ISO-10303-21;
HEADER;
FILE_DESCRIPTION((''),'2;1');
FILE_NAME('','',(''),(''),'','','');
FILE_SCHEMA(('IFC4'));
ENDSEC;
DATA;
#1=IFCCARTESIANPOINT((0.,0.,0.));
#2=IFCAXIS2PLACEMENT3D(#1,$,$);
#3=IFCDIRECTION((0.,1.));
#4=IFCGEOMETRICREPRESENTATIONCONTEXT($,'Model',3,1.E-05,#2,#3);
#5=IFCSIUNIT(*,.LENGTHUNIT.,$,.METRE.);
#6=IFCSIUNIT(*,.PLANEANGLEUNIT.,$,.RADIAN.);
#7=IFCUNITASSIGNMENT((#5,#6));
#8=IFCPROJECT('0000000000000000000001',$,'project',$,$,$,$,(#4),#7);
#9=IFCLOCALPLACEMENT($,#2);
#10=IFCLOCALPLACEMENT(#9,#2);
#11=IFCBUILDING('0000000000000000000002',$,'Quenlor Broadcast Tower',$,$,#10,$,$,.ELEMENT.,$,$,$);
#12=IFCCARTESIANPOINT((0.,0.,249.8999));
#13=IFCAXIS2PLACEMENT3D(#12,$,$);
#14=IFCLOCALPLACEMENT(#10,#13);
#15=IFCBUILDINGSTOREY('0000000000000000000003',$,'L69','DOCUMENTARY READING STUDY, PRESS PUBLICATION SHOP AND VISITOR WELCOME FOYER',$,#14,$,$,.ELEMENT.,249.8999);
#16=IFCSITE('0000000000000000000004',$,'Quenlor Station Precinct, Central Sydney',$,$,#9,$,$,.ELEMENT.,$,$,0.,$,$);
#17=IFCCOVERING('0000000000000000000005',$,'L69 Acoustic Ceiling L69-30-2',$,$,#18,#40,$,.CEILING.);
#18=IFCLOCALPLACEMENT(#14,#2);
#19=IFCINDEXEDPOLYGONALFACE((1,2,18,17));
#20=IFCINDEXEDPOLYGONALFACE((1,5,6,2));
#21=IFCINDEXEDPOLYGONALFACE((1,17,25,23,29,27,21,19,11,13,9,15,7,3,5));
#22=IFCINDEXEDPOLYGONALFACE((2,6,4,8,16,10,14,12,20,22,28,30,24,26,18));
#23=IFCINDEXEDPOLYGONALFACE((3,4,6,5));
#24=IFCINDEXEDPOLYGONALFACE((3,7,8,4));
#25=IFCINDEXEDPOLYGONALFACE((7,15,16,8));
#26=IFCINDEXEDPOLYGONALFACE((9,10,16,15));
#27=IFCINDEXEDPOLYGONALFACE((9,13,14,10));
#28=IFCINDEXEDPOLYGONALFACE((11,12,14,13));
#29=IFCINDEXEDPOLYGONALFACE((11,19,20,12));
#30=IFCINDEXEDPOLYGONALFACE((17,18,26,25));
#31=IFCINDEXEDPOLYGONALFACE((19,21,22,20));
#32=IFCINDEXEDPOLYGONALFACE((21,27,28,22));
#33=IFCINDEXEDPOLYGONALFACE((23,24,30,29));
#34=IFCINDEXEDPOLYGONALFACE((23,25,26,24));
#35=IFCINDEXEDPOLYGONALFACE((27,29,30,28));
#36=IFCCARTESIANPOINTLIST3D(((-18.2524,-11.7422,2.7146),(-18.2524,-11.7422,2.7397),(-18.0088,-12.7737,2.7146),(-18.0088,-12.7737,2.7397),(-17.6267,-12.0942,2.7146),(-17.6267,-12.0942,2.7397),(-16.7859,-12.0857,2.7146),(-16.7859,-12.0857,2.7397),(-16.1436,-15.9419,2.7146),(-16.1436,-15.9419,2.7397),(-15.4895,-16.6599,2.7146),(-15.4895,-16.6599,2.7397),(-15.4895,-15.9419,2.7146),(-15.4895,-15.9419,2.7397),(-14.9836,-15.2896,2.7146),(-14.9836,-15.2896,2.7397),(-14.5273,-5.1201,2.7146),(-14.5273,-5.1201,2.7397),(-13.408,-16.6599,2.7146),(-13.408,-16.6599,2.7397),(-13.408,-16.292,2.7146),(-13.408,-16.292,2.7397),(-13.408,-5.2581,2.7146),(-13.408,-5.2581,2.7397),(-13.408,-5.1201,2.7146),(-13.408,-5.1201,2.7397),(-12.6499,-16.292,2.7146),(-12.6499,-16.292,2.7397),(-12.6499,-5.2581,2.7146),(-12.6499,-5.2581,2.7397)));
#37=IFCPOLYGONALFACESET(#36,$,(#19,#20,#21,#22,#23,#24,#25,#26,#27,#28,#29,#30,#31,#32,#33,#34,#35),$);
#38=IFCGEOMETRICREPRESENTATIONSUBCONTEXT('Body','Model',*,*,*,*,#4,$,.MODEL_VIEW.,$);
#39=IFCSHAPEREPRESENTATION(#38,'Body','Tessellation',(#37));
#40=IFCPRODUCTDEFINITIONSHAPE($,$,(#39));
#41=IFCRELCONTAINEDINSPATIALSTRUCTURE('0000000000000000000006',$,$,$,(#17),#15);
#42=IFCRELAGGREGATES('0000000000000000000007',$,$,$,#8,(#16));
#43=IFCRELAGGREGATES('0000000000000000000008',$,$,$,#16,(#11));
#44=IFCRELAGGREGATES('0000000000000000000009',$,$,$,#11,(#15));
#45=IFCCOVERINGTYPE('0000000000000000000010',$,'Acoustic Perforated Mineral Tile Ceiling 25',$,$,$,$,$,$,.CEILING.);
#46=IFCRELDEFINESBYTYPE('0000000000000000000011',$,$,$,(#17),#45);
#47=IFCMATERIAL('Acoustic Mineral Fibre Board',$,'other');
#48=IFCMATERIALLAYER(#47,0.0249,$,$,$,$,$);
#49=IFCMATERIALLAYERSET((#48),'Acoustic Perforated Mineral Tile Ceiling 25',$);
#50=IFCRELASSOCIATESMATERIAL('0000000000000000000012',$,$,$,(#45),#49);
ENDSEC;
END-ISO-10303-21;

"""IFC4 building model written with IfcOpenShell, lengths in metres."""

from ifc_helpers import new_model, si_unit, direction, frame, origin, place, context, subcontext, project, spatial, polyline, outline, extrude, material, layer, layer_set, type_object, element, save


model = new_model("IFC4")

# Units and contexts
model_context = context("Model", 3, precision=1e-05, world=origin(), true_north=direction((0.0, 1.0)))
body_context = subcontext(model_context, "Body", "Model", "MODEL_VIEW")
ifc_project = project(units=[si_unit("LENGTHUNIT", "METRE"), si_unit("PLANEANGLEUNIT", "RADIAN")], contexts=[model_context])

# Site, building, storey
site_placement = place(None, origin())
site = spatial("IfcSite", under=ifc_project, at=site_placement, Name="Quenlor Station Precinct, Central Sydney", CompositionType="ELEMENT", RefElevation=0.0)
building_placement = place(site_placement, origin())
building = spatial("IfcBuilding", under=site, at=building_placement, Name="Quenlor Broadcast Tower", CompositionType="ELEMENT")
storey_placement = place(building_placement, frame((0.0, 0.0, 249.8999)))
storey = spatial("IfcBuildingStorey", under=building, at=storey_placement, Name="L69", Description="DOCUMENTARY READING STUDY, PRESS PUBLICATION SHOP AND VISITOR WELCOME FOYER", CompositionType="ELEMENT", Elevation=249.8999)

# Covering
ifc_material_1 = material(Name="Acoustic Mineral Fibre Board", Category="other")
ifc_layer_1 = layer(ifc_material_1, 0.0249)
ifc_layer_set_1 = layer_set([ifc_layer_1], Name="Acoustic Perforated Mineral Tile Ceiling 25")
covering_type = type_object("IfcCoveringType", Name="Acoustic Perforated Mineral Tile Ceiling 25", PredefinedType="CEILING", material=ifc_layer_set_1)
covering_1_placement = place(storey_placement, frame((0.0, 0.0, 2.7146)))
element("IfcCovering", 1, at=covering_1_placement, inside=storey, type_object=covering_type, Name="L69 Acoustic Ceiling L69-30-2", PredefinedType="CEILING", context=body_context, shape_type="SweptSolid", body=[
    extrude(outline(polyline([(-17.6267, -12.0942), (-18.2524, -11.7422), (-14.5273, -5.1201), (-13.408, -5.1201), (-13.408, -5.2581), (-12.6499, -5.2581), (-12.6499, -16.292), (-13.408, -16.292), (-13.408, -16.6599), (-15.4895, -16.6599), (-15.4895, -15.9419), (-16.1436, -15.9419), (-14.9836, -15.2896), (-16.7859, -12.0857), (-18.0088, -12.7737), (-17.6267, -12.0942)])), origin(), (0.0, 0.0, 1.0), 0.0251),
])

save(model, "model.ifc")
